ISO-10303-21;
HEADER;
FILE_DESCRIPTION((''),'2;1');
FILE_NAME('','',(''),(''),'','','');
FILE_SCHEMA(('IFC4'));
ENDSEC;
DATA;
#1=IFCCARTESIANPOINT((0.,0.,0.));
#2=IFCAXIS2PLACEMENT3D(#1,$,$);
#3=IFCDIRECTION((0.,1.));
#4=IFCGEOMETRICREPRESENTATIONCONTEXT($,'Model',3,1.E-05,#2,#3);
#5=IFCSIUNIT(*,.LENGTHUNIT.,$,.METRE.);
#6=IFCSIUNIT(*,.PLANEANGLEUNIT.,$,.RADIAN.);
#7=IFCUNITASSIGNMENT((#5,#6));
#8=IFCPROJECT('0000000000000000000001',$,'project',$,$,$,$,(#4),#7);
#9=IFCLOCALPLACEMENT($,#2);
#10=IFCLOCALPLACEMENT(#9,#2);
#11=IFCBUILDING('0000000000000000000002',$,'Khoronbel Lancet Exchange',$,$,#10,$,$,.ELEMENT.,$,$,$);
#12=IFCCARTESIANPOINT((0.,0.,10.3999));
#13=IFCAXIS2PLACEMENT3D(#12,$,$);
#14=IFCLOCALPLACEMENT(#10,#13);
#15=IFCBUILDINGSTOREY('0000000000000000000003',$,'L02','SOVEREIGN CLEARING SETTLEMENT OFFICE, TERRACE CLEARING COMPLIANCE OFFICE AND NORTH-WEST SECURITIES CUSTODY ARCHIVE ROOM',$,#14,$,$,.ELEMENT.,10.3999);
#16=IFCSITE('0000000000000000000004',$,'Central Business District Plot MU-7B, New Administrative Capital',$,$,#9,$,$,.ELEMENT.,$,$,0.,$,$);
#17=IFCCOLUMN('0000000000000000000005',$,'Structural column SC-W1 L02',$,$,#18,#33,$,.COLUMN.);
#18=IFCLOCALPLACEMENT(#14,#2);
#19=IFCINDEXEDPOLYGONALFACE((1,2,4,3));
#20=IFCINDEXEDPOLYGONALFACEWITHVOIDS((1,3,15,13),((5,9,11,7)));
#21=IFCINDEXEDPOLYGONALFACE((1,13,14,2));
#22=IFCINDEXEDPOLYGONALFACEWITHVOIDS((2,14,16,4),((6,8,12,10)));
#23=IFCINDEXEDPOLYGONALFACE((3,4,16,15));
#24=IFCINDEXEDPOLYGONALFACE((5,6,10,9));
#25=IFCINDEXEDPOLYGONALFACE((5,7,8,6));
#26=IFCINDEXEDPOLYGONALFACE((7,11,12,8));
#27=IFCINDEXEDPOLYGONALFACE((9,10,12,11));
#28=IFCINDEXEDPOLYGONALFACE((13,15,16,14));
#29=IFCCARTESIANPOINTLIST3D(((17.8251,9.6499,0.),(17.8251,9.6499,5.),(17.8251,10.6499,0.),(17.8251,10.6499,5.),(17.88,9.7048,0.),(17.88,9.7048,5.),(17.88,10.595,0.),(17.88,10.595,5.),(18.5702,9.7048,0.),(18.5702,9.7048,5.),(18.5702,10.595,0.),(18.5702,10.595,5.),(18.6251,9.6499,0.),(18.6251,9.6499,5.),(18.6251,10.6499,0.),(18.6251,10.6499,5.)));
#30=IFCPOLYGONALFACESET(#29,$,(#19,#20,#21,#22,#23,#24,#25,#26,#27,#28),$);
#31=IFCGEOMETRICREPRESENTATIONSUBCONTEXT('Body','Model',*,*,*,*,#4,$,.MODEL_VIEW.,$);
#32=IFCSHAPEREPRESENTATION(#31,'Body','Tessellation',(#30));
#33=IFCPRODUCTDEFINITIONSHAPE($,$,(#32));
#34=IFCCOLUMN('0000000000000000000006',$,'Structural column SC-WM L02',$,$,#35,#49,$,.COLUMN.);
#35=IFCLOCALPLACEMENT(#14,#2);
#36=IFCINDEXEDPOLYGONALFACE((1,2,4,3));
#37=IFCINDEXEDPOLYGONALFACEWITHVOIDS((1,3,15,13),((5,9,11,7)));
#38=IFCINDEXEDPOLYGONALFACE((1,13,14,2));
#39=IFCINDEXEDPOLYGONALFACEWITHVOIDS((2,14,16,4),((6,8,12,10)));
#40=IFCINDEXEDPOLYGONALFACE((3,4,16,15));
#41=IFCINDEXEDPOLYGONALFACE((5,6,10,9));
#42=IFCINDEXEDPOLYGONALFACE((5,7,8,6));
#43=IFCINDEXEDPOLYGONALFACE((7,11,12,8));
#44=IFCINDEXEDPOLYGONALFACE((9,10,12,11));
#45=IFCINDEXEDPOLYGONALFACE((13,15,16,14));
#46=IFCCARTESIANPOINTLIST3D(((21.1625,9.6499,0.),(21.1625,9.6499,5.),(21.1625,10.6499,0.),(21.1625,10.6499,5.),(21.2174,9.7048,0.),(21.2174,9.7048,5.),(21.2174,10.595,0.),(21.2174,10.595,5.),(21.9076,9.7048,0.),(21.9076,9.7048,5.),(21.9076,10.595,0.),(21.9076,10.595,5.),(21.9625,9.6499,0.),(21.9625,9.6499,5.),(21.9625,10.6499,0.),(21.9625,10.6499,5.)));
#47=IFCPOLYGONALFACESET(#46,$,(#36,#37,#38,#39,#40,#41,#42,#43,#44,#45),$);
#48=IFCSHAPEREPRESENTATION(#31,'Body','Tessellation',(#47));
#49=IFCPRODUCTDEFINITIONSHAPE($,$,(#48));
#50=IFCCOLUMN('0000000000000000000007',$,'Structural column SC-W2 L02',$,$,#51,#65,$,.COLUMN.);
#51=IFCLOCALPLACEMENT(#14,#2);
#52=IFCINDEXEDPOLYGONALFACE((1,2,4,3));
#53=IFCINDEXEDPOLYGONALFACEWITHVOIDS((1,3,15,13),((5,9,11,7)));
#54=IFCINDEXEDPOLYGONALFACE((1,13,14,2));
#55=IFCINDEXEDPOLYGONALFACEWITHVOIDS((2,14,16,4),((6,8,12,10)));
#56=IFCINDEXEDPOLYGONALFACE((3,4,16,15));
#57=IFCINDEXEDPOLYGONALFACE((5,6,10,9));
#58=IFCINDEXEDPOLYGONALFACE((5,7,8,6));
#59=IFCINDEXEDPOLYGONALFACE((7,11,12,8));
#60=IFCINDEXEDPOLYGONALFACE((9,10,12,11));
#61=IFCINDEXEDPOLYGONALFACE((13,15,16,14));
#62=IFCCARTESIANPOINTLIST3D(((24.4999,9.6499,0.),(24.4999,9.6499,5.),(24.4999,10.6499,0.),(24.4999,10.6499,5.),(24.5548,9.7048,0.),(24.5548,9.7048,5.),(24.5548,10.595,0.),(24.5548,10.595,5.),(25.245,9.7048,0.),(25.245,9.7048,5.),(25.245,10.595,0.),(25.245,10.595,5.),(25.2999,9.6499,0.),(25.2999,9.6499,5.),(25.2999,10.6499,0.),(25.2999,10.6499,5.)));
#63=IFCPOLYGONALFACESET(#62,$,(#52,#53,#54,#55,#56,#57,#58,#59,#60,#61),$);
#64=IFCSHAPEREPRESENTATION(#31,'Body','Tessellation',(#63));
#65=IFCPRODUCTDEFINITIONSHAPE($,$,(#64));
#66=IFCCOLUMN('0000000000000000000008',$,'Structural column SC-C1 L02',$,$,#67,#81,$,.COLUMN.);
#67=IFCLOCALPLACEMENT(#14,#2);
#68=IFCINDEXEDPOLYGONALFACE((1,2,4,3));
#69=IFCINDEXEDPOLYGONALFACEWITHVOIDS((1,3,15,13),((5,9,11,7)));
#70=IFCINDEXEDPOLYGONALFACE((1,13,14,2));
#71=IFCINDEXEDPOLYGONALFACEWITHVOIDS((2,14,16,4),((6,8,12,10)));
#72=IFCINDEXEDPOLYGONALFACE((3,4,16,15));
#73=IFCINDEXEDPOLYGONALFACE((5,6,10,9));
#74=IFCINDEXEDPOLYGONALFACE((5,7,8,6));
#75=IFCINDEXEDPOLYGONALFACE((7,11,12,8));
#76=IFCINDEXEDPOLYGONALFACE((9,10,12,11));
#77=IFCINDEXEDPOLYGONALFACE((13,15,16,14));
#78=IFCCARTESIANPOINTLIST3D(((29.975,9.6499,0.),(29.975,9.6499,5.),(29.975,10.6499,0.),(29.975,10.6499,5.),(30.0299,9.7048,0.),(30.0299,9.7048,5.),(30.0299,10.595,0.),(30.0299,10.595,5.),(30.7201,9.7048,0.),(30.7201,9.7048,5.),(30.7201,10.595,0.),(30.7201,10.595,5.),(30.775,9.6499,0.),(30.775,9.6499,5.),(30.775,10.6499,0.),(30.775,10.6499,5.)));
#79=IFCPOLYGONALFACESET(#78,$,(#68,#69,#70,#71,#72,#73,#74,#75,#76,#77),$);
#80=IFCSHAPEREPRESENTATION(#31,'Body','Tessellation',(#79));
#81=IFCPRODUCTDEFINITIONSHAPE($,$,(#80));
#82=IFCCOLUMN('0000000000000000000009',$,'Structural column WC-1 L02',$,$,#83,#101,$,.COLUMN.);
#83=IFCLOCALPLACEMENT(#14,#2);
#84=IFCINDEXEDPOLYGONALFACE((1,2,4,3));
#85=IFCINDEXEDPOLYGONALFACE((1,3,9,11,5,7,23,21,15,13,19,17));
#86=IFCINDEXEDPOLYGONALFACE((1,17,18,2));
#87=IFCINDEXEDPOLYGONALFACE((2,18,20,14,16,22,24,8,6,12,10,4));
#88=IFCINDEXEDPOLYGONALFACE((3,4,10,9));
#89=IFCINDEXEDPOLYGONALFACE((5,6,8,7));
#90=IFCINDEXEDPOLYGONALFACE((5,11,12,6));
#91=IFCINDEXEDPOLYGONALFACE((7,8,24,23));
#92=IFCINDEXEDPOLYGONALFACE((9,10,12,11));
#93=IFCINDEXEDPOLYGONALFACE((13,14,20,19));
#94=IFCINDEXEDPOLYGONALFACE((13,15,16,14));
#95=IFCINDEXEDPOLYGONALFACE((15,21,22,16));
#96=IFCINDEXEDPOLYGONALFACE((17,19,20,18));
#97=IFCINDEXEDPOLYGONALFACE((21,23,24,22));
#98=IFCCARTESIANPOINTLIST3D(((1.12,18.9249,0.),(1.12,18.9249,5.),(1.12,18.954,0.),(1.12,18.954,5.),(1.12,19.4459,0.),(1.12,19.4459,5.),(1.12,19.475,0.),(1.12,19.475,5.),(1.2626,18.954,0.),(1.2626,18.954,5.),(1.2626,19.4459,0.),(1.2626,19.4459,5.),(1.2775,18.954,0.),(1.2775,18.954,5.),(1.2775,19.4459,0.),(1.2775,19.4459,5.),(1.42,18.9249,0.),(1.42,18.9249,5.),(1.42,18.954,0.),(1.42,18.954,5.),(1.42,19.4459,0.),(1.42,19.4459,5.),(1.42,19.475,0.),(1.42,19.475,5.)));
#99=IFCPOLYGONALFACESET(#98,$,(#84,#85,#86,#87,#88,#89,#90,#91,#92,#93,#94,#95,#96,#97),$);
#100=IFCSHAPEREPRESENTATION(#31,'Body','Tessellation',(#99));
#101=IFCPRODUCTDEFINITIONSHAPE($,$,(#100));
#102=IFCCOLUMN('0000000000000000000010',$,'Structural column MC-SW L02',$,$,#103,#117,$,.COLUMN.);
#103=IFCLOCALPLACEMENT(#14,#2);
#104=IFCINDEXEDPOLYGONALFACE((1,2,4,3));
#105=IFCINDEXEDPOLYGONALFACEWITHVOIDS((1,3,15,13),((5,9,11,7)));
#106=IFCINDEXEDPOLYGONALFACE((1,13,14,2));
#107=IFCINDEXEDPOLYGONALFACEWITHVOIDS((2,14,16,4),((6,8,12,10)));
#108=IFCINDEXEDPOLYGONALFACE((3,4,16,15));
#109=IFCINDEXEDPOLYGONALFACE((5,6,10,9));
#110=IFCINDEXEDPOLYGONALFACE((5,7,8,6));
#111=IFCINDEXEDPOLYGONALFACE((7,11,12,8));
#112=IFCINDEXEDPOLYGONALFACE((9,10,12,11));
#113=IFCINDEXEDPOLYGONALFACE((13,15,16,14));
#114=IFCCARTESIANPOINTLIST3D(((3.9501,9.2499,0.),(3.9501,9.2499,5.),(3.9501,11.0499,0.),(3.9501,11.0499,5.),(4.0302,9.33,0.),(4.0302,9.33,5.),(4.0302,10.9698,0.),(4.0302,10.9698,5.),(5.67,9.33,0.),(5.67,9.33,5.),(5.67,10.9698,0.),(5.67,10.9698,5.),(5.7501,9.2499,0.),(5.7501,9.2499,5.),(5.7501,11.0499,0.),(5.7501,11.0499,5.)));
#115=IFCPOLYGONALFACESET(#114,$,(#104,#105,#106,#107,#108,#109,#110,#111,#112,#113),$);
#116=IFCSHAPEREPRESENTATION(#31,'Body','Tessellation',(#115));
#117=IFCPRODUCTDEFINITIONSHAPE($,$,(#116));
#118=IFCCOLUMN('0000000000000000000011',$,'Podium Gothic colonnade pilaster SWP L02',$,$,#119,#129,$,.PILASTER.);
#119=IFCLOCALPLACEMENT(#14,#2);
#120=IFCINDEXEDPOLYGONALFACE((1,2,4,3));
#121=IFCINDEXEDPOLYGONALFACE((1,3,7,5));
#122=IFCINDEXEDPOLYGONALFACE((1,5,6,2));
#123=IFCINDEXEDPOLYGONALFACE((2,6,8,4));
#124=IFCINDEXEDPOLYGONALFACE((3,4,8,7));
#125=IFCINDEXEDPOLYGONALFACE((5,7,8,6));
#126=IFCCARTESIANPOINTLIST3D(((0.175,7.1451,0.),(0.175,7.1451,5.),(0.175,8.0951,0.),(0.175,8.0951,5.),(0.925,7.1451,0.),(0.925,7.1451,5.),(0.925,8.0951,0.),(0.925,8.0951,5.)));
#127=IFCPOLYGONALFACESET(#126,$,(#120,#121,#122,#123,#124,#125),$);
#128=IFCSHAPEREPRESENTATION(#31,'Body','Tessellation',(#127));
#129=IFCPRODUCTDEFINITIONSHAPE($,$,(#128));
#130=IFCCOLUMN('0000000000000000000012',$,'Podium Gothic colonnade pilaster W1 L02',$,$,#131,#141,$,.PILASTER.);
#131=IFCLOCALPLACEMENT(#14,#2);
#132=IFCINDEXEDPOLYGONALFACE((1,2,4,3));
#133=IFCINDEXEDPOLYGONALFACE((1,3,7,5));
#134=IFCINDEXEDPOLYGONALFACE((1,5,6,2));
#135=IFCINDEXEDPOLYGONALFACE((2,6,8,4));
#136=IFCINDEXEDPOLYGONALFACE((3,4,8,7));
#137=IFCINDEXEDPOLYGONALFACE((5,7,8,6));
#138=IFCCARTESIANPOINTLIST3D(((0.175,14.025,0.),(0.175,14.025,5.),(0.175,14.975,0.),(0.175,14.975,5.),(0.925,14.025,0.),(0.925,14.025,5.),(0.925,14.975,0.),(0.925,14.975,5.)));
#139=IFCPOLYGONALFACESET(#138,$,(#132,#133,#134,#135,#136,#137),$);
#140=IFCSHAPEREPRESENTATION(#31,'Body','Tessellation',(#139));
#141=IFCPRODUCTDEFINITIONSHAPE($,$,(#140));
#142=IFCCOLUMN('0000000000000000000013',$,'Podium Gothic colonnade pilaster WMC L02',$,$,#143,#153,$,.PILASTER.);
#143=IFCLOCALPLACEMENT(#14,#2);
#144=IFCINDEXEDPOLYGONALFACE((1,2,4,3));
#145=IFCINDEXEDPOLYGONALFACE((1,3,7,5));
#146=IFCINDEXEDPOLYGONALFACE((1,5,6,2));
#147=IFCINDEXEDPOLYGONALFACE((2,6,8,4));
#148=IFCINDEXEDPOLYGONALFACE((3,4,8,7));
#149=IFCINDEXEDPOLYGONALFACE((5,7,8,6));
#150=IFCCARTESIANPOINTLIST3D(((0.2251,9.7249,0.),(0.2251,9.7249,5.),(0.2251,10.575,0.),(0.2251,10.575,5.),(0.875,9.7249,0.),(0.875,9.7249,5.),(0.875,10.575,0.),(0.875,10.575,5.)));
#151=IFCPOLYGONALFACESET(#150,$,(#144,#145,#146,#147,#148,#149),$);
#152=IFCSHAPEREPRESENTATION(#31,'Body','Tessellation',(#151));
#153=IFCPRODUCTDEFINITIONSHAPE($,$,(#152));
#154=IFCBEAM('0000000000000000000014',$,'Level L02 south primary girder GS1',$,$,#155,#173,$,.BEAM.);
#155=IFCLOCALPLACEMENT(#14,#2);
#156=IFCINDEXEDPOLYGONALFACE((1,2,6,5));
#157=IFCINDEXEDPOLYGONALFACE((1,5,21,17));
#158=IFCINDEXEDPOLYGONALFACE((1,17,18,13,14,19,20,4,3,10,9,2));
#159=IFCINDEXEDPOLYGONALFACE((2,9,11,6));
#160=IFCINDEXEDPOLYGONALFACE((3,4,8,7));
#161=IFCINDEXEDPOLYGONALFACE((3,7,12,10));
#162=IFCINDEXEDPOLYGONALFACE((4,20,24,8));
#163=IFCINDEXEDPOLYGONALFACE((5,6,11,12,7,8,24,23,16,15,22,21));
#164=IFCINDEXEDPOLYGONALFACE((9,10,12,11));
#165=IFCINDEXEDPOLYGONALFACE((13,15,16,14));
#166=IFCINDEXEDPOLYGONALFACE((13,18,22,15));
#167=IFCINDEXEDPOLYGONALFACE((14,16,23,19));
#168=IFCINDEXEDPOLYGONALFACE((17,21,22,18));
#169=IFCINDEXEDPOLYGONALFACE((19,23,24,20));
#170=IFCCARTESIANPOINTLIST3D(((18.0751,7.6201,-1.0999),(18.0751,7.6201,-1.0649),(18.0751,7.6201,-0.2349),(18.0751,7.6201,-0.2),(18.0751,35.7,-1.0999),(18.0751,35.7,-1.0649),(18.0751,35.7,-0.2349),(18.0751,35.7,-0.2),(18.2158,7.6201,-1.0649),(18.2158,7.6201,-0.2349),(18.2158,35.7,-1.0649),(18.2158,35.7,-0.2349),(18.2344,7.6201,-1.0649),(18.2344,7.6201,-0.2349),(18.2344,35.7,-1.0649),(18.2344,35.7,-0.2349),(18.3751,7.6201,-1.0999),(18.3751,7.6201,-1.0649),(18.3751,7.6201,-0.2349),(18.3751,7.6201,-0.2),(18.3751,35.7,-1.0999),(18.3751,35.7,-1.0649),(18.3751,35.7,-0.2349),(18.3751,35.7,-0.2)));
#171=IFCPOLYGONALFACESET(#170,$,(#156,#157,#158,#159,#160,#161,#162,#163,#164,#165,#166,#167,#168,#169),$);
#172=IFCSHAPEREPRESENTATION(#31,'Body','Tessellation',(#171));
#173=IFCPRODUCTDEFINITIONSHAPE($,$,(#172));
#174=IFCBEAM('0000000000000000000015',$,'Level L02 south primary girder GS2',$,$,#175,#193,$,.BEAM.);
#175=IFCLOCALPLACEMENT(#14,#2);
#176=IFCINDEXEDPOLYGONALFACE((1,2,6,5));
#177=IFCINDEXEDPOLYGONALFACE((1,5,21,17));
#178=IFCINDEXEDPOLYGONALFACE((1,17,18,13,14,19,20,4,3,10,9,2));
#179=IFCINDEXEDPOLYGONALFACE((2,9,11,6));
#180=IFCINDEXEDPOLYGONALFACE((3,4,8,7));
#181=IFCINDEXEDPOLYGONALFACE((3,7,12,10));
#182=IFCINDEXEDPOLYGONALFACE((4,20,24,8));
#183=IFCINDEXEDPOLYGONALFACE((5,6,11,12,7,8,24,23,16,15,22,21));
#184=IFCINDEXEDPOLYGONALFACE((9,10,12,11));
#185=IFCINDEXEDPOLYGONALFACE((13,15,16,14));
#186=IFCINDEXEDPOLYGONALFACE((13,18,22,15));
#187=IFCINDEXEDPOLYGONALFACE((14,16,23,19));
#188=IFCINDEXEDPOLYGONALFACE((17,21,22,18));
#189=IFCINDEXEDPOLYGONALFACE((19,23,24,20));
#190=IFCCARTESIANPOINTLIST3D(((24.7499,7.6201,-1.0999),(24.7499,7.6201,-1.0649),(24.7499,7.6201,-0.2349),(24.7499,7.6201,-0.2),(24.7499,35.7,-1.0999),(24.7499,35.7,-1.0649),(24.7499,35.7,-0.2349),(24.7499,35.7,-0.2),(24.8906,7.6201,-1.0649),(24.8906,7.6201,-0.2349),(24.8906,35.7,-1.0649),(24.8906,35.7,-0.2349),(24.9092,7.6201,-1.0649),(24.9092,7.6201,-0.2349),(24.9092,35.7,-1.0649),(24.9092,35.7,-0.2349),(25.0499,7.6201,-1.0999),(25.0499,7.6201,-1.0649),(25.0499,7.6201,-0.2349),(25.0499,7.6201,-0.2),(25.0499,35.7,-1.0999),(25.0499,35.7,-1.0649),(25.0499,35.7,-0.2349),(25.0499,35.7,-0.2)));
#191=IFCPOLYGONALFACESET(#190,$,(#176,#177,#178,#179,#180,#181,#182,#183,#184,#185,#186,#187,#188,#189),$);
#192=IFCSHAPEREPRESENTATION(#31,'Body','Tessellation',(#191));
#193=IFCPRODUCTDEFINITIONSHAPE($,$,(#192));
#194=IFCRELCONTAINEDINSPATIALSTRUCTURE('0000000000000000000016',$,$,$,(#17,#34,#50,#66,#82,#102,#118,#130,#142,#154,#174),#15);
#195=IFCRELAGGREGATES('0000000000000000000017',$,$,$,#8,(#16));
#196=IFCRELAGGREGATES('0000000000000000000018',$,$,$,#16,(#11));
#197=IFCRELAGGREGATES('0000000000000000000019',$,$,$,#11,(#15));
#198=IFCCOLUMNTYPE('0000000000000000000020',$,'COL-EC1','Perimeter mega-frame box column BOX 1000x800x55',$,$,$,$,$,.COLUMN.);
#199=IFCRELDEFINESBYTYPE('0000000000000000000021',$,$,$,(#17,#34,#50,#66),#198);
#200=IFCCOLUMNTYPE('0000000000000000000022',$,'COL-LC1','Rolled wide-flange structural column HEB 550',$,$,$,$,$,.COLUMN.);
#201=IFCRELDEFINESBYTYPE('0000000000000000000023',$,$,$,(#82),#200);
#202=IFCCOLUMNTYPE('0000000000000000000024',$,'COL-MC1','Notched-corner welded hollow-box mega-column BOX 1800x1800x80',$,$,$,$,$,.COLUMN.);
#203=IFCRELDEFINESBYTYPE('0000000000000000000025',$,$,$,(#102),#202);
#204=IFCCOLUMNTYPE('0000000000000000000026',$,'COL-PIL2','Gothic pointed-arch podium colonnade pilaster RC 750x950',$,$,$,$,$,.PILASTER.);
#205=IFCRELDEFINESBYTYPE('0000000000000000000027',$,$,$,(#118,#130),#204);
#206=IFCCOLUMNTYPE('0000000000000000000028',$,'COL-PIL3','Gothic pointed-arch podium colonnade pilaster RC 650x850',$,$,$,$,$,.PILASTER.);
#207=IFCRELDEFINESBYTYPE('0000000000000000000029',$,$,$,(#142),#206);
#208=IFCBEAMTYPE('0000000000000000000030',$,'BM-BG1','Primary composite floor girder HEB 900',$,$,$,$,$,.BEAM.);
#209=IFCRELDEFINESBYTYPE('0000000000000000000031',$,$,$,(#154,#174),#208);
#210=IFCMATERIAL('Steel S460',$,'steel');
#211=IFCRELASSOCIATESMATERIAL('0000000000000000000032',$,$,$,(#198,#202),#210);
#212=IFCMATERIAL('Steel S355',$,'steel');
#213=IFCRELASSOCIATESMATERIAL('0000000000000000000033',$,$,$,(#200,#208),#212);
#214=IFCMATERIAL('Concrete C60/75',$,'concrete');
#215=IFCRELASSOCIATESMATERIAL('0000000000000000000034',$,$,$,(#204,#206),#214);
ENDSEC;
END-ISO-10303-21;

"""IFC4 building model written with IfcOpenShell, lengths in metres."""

from ifc_helpers import new_model, si_unit, direction, frame, origin, origin_2d, place, context, subcontext, project, spatial, rectangle, hollow_rectangle, i_section, extrude, material, material_profile, profile_set, type_object, element, save


model = new_model("IFC4")

# Units and contexts
model_context = context("Model", 3, precision=1e-05, world=origin(), true_north=direction((0.0, 1.0)))
body_context = subcontext(model_context, "Body", "Model", "MODEL_VIEW")
ifc_project = project(units=[si_unit("LENGTHUNIT", "METRE"), si_unit("PLANEANGLEUNIT", "RADIAN")], contexts=[model_context])

# Site, building, storey
site_placement = place(None, origin())
site = spatial("IfcSite", under=ifc_project, at=site_placement, Name="Central Business District Plot MU-7B, New Administrative Capital", CompositionType="ELEMENT", RefElevation=0.0)
building_placement = place(site_placement, origin())
building = spatial("IfcBuilding", under=site, at=building_placement, Name="Khoronbel Lancet Exchange", CompositionType="ELEMENT")
storey_placement = place(building_placement, frame((0.0, 0.0, 10.3999)))
storey = spatial("IfcBuildingStorey", under=building, at=storey_placement, Name="L02", Description="SOVEREIGN CLEARING SETTLEMENT OFFICE, TERRACE CLEARING COMPLIANCE OFFICE AND NORTH-WEST SECURITIES CUSTODY ARCHIVE ROOM", CompositionType="ELEMENT", Elevation=10.3999)

# Columns
ifc_material_1 = material(Name="Steel S460", Category="steel")
ifc_material_profile_1 = material_profile(ifc_material_1, hollow_rectangle(XDim=0.8, YDim=1.0, WallThickness=0.0549, at=origin_2d()), Name="BOX 1000x800x55")
ifc_profile_set_1 = profile_set([ifc_material_profile_1], Name="Steel S460")
column_type_1 = type_object("IfcColumnType", Name="COL-EC1", Description="Perimeter mega-frame box column BOX 1000x800x55", PredefinedType="COLUMN", material=ifc_profile_set_1)
for number, where, z_axis, x_axis, name in (
    (1, (18.2251, 10.1499, 0.0), (0.0, 0.0, 1.0), (1.0, 0.0, 0.0), "Structural column SC-W1 L02"),
    (2, (21.5625, 10.1499, 0.0), (0.0, 0.0, 1.0), (1.0, 0.0, 0.0), "Structural column SC-WM L02"),
    (3, (24.8999, 10.1499, 0.0), (0.0, 0.0, 1.0), (1.0, 0.0, 0.0), "Structural column SC-W2 L02"),
    (4, (30.375, 10.1499, 0.0), (0.0, 0.0, 1.0), (1.0, 0.0, 0.0), "Structural column SC-C1 L02"),
):
    element("IfcColumn", number, at=place(storey_placement, frame(where, z_axis=z_axis, x_axis=x_axis)), inside=storey, type_object=column_type_1, Name=name, PredefinedType="COLUMN", context=body_context, shape_type="SweptSolid", body=[
        extrude(hollow_rectangle(XDim=0.8, YDim=1.0, WallThickness=0.0549, at=origin_2d()), origin(), (0.0, 0.0, 1.0), 5.0),
    ])
ifc_material_2 = material(Name="Steel S355", Category="steel")
ifc_material_profile_2 = material_profile(ifc_material_2, i_section(OverallWidth=0.3, OverallDepth=0.55, WebThickness=0.0149, FlangeThickness=0.0291, at=origin_2d()), Name="HEB 550")
ifc_profile_set_2 = profile_set([ifc_material_profile_2], Name="Steel S355")
column_type_2 = type_object("IfcColumnType", Name="COL-LC1", Description="Rolled wide-flange structural column HEB 550", PredefinedType="COLUMN", material=ifc_profile_set_2)
column_1_placement = place(storey_placement, frame((1.27, 19.2, 0.0), z_axis=(0.0, 0.0, 1.0), x_axis=(1.0, 0.0, 0.0)))
element("IfcColumn", 5, at=column_1_placement, inside=storey, type_object=column_type_2, Name="Structural column WC-1 L02", PredefinedType="COLUMN", context=body_context, shape_type="SweptSolid", body=[
    extrude(i_section(OverallWidth=0.3, OverallDepth=0.55, WebThickness=0.0149, FlangeThickness=0.0291, at=origin_2d()), origin(), (0.0, 0.0, 1.0), 5.0),
])
ifc_material_profile_3 = material_profile(ifc_material_1, hollow_rectangle(XDim=1.8, YDim=1.8, WallThickness=0.0801, at=origin_2d()), Name="BOX 1800x1800x80")
ifc_profile_set_3 = profile_set([ifc_material_profile_3], Name="Steel S460")
column_type_3 = type_object("IfcColumnType", Name="COL-MC1", Description="Notched-corner welded hollow-box mega-column BOX 1800x1800x80", PredefinedType="COLUMN", material=ifc_profile_set_3)
column_2_placement = place(storey_placement, frame((4.8501, 10.1499, 0.0), z_axis=(0.0, 0.0, 1.0), x_axis=(1.0, 0.0, 0.0)))
element("IfcColumn", 6, at=column_2_placement, inside=storey, type_object=column_type_3, Name="Structural column MC-SW L02", PredefinedType="COLUMN", context=body_context, shape_type="SweptSolid", body=[
    extrude(hollow_rectangle(XDim=1.8, YDim=1.8, WallThickness=0.0801, at=origin_2d()), origin(), (0.0, 0.0, 1.0), 5.0),
])
ifc_material_3 = material(Name="Concrete C60/75", Category="concrete")
ifc_material_profile_4 = material_profile(ifc_material_3, rectangle(XDim=0.75, YDim=0.95, at=origin_2d()), Name="RC 750x950")
ifc_profile_set_4 = profile_set([ifc_material_profile_4], Name="Concrete C60/75")
column_type_4 = type_object("IfcColumnType", Name="COL-PIL2", Description="Gothic pointed-arch podium colonnade pilaster RC 750x950", PredefinedType="PILASTER", material=ifc_profile_set_4)
for number, where, z_axis, x_axis, name in (
    (7, (0.55, 7.6201, 0.0), (0.0, 0.0, 1.0), (1.0, 0.0, 0.0), "Podium Gothic colonnade pilaster SWP L02"),
    (8, (0.55, 14.5, 0.0), (0.0, 0.0, 1.0), (1.0, 0.0, 0.0), "Podium Gothic colonnade pilaster W1 L02"),
):
    element("IfcColumn", number, at=place(storey_placement, frame(where, z_axis=z_axis, x_axis=x_axis)), inside=storey, type_object=column_type_4, Name=name, PredefinedType="PILASTER", context=body_context, shape_type="SweptSolid", body=[
        extrude(rectangle(XDim=0.75, YDim=0.95, at=origin_2d()), origin(), (0.0, 0.0, 1.0), 5.0),
    ])
ifc_material_profile_5 = material_profile(ifc_material_3, rectangle(XDim=0.6499, YDim=0.8501, at=origin_2d()), Name="RC 650x850")
ifc_profile_set_5 = profile_set([ifc_material_profile_5], Name="Concrete C60/75")
column_type_5 = type_object("IfcColumnType", Name="COL-PIL3", Description="Gothic pointed-arch podium colonnade pilaster RC 650x850", PredefinedType="PILASTER", material=ifc_profile_set_5)
column_3_placement = place(storey_placement, frame((0.55, 10.1499, 0.0), z_axis=(0.0, 0.0, 1.0), x_axis=(1.0, 0.0, 0.0)))
element("IfcColumn", 9, at=column_3_placement, inside=storey, type_object=column_type_5, Name="Podium Gothic colonnade pilaster WMC L02", PredefinedType="PILASTER", context=body_context, shape_type="SweptSolid", body=[
    extrude(rectangle(XDim=0.6499, YDim=0.8501, at=origin_2d()), origin(), (0.0, 0.0, 1.0), 5.0),
])

# Beams
ifc_material_profile_6 = material_profile(ifc_material_2, i_section(OverallWidth=0.3, OverallDepth=0.8999, WebThickness=0.0186, FlangeThickness=0.0349, at=origin_2d()), Name="HEB 900")
ifc_profile_set_6 = profile_set([ifc_material_profile_6], Name="Steel S355")
beam_type_1 = type_object("IfcBeamType", Name="BM-BG1", Description="Primary composite floor girder HEB 900", PredefinedType="BEAM", material=ifc_profile_set_6)
for number, where, z_axis, x_axis, name in (
    (10, (18.2251, 7.6201, -0.6499), (0.0, 1.0, 0.0), (-1.0, 0.0, 0.0), "Level L02 south primary girder GS1"),
    (11, (24.8999, 7.6201, -0.6499), (0.0, 1.0, 0.0), (-1.0, 0.0, 0.0), "Level L02 south primary girder GS2"),
):
    element("IfcBeam", number, at=place(storey_placement, frame(where, z_axis=z_axis, x_axis=x_axis)), inside=storey, type_object=beam_type_1, Name=name, PredefinedType="BEAM", context=body_context, shape_type="SweptSolid", body=[
        extrude(i_section(OverallWidth=0.3, OverallDepth=0.8999, WebThickness=0.0186, FlangeThickness=0.0349, at=origin_2d()), origin(), (0.0, 0.0, 1.0), 28.0798),
    ])

save(model, "model.ifc")
